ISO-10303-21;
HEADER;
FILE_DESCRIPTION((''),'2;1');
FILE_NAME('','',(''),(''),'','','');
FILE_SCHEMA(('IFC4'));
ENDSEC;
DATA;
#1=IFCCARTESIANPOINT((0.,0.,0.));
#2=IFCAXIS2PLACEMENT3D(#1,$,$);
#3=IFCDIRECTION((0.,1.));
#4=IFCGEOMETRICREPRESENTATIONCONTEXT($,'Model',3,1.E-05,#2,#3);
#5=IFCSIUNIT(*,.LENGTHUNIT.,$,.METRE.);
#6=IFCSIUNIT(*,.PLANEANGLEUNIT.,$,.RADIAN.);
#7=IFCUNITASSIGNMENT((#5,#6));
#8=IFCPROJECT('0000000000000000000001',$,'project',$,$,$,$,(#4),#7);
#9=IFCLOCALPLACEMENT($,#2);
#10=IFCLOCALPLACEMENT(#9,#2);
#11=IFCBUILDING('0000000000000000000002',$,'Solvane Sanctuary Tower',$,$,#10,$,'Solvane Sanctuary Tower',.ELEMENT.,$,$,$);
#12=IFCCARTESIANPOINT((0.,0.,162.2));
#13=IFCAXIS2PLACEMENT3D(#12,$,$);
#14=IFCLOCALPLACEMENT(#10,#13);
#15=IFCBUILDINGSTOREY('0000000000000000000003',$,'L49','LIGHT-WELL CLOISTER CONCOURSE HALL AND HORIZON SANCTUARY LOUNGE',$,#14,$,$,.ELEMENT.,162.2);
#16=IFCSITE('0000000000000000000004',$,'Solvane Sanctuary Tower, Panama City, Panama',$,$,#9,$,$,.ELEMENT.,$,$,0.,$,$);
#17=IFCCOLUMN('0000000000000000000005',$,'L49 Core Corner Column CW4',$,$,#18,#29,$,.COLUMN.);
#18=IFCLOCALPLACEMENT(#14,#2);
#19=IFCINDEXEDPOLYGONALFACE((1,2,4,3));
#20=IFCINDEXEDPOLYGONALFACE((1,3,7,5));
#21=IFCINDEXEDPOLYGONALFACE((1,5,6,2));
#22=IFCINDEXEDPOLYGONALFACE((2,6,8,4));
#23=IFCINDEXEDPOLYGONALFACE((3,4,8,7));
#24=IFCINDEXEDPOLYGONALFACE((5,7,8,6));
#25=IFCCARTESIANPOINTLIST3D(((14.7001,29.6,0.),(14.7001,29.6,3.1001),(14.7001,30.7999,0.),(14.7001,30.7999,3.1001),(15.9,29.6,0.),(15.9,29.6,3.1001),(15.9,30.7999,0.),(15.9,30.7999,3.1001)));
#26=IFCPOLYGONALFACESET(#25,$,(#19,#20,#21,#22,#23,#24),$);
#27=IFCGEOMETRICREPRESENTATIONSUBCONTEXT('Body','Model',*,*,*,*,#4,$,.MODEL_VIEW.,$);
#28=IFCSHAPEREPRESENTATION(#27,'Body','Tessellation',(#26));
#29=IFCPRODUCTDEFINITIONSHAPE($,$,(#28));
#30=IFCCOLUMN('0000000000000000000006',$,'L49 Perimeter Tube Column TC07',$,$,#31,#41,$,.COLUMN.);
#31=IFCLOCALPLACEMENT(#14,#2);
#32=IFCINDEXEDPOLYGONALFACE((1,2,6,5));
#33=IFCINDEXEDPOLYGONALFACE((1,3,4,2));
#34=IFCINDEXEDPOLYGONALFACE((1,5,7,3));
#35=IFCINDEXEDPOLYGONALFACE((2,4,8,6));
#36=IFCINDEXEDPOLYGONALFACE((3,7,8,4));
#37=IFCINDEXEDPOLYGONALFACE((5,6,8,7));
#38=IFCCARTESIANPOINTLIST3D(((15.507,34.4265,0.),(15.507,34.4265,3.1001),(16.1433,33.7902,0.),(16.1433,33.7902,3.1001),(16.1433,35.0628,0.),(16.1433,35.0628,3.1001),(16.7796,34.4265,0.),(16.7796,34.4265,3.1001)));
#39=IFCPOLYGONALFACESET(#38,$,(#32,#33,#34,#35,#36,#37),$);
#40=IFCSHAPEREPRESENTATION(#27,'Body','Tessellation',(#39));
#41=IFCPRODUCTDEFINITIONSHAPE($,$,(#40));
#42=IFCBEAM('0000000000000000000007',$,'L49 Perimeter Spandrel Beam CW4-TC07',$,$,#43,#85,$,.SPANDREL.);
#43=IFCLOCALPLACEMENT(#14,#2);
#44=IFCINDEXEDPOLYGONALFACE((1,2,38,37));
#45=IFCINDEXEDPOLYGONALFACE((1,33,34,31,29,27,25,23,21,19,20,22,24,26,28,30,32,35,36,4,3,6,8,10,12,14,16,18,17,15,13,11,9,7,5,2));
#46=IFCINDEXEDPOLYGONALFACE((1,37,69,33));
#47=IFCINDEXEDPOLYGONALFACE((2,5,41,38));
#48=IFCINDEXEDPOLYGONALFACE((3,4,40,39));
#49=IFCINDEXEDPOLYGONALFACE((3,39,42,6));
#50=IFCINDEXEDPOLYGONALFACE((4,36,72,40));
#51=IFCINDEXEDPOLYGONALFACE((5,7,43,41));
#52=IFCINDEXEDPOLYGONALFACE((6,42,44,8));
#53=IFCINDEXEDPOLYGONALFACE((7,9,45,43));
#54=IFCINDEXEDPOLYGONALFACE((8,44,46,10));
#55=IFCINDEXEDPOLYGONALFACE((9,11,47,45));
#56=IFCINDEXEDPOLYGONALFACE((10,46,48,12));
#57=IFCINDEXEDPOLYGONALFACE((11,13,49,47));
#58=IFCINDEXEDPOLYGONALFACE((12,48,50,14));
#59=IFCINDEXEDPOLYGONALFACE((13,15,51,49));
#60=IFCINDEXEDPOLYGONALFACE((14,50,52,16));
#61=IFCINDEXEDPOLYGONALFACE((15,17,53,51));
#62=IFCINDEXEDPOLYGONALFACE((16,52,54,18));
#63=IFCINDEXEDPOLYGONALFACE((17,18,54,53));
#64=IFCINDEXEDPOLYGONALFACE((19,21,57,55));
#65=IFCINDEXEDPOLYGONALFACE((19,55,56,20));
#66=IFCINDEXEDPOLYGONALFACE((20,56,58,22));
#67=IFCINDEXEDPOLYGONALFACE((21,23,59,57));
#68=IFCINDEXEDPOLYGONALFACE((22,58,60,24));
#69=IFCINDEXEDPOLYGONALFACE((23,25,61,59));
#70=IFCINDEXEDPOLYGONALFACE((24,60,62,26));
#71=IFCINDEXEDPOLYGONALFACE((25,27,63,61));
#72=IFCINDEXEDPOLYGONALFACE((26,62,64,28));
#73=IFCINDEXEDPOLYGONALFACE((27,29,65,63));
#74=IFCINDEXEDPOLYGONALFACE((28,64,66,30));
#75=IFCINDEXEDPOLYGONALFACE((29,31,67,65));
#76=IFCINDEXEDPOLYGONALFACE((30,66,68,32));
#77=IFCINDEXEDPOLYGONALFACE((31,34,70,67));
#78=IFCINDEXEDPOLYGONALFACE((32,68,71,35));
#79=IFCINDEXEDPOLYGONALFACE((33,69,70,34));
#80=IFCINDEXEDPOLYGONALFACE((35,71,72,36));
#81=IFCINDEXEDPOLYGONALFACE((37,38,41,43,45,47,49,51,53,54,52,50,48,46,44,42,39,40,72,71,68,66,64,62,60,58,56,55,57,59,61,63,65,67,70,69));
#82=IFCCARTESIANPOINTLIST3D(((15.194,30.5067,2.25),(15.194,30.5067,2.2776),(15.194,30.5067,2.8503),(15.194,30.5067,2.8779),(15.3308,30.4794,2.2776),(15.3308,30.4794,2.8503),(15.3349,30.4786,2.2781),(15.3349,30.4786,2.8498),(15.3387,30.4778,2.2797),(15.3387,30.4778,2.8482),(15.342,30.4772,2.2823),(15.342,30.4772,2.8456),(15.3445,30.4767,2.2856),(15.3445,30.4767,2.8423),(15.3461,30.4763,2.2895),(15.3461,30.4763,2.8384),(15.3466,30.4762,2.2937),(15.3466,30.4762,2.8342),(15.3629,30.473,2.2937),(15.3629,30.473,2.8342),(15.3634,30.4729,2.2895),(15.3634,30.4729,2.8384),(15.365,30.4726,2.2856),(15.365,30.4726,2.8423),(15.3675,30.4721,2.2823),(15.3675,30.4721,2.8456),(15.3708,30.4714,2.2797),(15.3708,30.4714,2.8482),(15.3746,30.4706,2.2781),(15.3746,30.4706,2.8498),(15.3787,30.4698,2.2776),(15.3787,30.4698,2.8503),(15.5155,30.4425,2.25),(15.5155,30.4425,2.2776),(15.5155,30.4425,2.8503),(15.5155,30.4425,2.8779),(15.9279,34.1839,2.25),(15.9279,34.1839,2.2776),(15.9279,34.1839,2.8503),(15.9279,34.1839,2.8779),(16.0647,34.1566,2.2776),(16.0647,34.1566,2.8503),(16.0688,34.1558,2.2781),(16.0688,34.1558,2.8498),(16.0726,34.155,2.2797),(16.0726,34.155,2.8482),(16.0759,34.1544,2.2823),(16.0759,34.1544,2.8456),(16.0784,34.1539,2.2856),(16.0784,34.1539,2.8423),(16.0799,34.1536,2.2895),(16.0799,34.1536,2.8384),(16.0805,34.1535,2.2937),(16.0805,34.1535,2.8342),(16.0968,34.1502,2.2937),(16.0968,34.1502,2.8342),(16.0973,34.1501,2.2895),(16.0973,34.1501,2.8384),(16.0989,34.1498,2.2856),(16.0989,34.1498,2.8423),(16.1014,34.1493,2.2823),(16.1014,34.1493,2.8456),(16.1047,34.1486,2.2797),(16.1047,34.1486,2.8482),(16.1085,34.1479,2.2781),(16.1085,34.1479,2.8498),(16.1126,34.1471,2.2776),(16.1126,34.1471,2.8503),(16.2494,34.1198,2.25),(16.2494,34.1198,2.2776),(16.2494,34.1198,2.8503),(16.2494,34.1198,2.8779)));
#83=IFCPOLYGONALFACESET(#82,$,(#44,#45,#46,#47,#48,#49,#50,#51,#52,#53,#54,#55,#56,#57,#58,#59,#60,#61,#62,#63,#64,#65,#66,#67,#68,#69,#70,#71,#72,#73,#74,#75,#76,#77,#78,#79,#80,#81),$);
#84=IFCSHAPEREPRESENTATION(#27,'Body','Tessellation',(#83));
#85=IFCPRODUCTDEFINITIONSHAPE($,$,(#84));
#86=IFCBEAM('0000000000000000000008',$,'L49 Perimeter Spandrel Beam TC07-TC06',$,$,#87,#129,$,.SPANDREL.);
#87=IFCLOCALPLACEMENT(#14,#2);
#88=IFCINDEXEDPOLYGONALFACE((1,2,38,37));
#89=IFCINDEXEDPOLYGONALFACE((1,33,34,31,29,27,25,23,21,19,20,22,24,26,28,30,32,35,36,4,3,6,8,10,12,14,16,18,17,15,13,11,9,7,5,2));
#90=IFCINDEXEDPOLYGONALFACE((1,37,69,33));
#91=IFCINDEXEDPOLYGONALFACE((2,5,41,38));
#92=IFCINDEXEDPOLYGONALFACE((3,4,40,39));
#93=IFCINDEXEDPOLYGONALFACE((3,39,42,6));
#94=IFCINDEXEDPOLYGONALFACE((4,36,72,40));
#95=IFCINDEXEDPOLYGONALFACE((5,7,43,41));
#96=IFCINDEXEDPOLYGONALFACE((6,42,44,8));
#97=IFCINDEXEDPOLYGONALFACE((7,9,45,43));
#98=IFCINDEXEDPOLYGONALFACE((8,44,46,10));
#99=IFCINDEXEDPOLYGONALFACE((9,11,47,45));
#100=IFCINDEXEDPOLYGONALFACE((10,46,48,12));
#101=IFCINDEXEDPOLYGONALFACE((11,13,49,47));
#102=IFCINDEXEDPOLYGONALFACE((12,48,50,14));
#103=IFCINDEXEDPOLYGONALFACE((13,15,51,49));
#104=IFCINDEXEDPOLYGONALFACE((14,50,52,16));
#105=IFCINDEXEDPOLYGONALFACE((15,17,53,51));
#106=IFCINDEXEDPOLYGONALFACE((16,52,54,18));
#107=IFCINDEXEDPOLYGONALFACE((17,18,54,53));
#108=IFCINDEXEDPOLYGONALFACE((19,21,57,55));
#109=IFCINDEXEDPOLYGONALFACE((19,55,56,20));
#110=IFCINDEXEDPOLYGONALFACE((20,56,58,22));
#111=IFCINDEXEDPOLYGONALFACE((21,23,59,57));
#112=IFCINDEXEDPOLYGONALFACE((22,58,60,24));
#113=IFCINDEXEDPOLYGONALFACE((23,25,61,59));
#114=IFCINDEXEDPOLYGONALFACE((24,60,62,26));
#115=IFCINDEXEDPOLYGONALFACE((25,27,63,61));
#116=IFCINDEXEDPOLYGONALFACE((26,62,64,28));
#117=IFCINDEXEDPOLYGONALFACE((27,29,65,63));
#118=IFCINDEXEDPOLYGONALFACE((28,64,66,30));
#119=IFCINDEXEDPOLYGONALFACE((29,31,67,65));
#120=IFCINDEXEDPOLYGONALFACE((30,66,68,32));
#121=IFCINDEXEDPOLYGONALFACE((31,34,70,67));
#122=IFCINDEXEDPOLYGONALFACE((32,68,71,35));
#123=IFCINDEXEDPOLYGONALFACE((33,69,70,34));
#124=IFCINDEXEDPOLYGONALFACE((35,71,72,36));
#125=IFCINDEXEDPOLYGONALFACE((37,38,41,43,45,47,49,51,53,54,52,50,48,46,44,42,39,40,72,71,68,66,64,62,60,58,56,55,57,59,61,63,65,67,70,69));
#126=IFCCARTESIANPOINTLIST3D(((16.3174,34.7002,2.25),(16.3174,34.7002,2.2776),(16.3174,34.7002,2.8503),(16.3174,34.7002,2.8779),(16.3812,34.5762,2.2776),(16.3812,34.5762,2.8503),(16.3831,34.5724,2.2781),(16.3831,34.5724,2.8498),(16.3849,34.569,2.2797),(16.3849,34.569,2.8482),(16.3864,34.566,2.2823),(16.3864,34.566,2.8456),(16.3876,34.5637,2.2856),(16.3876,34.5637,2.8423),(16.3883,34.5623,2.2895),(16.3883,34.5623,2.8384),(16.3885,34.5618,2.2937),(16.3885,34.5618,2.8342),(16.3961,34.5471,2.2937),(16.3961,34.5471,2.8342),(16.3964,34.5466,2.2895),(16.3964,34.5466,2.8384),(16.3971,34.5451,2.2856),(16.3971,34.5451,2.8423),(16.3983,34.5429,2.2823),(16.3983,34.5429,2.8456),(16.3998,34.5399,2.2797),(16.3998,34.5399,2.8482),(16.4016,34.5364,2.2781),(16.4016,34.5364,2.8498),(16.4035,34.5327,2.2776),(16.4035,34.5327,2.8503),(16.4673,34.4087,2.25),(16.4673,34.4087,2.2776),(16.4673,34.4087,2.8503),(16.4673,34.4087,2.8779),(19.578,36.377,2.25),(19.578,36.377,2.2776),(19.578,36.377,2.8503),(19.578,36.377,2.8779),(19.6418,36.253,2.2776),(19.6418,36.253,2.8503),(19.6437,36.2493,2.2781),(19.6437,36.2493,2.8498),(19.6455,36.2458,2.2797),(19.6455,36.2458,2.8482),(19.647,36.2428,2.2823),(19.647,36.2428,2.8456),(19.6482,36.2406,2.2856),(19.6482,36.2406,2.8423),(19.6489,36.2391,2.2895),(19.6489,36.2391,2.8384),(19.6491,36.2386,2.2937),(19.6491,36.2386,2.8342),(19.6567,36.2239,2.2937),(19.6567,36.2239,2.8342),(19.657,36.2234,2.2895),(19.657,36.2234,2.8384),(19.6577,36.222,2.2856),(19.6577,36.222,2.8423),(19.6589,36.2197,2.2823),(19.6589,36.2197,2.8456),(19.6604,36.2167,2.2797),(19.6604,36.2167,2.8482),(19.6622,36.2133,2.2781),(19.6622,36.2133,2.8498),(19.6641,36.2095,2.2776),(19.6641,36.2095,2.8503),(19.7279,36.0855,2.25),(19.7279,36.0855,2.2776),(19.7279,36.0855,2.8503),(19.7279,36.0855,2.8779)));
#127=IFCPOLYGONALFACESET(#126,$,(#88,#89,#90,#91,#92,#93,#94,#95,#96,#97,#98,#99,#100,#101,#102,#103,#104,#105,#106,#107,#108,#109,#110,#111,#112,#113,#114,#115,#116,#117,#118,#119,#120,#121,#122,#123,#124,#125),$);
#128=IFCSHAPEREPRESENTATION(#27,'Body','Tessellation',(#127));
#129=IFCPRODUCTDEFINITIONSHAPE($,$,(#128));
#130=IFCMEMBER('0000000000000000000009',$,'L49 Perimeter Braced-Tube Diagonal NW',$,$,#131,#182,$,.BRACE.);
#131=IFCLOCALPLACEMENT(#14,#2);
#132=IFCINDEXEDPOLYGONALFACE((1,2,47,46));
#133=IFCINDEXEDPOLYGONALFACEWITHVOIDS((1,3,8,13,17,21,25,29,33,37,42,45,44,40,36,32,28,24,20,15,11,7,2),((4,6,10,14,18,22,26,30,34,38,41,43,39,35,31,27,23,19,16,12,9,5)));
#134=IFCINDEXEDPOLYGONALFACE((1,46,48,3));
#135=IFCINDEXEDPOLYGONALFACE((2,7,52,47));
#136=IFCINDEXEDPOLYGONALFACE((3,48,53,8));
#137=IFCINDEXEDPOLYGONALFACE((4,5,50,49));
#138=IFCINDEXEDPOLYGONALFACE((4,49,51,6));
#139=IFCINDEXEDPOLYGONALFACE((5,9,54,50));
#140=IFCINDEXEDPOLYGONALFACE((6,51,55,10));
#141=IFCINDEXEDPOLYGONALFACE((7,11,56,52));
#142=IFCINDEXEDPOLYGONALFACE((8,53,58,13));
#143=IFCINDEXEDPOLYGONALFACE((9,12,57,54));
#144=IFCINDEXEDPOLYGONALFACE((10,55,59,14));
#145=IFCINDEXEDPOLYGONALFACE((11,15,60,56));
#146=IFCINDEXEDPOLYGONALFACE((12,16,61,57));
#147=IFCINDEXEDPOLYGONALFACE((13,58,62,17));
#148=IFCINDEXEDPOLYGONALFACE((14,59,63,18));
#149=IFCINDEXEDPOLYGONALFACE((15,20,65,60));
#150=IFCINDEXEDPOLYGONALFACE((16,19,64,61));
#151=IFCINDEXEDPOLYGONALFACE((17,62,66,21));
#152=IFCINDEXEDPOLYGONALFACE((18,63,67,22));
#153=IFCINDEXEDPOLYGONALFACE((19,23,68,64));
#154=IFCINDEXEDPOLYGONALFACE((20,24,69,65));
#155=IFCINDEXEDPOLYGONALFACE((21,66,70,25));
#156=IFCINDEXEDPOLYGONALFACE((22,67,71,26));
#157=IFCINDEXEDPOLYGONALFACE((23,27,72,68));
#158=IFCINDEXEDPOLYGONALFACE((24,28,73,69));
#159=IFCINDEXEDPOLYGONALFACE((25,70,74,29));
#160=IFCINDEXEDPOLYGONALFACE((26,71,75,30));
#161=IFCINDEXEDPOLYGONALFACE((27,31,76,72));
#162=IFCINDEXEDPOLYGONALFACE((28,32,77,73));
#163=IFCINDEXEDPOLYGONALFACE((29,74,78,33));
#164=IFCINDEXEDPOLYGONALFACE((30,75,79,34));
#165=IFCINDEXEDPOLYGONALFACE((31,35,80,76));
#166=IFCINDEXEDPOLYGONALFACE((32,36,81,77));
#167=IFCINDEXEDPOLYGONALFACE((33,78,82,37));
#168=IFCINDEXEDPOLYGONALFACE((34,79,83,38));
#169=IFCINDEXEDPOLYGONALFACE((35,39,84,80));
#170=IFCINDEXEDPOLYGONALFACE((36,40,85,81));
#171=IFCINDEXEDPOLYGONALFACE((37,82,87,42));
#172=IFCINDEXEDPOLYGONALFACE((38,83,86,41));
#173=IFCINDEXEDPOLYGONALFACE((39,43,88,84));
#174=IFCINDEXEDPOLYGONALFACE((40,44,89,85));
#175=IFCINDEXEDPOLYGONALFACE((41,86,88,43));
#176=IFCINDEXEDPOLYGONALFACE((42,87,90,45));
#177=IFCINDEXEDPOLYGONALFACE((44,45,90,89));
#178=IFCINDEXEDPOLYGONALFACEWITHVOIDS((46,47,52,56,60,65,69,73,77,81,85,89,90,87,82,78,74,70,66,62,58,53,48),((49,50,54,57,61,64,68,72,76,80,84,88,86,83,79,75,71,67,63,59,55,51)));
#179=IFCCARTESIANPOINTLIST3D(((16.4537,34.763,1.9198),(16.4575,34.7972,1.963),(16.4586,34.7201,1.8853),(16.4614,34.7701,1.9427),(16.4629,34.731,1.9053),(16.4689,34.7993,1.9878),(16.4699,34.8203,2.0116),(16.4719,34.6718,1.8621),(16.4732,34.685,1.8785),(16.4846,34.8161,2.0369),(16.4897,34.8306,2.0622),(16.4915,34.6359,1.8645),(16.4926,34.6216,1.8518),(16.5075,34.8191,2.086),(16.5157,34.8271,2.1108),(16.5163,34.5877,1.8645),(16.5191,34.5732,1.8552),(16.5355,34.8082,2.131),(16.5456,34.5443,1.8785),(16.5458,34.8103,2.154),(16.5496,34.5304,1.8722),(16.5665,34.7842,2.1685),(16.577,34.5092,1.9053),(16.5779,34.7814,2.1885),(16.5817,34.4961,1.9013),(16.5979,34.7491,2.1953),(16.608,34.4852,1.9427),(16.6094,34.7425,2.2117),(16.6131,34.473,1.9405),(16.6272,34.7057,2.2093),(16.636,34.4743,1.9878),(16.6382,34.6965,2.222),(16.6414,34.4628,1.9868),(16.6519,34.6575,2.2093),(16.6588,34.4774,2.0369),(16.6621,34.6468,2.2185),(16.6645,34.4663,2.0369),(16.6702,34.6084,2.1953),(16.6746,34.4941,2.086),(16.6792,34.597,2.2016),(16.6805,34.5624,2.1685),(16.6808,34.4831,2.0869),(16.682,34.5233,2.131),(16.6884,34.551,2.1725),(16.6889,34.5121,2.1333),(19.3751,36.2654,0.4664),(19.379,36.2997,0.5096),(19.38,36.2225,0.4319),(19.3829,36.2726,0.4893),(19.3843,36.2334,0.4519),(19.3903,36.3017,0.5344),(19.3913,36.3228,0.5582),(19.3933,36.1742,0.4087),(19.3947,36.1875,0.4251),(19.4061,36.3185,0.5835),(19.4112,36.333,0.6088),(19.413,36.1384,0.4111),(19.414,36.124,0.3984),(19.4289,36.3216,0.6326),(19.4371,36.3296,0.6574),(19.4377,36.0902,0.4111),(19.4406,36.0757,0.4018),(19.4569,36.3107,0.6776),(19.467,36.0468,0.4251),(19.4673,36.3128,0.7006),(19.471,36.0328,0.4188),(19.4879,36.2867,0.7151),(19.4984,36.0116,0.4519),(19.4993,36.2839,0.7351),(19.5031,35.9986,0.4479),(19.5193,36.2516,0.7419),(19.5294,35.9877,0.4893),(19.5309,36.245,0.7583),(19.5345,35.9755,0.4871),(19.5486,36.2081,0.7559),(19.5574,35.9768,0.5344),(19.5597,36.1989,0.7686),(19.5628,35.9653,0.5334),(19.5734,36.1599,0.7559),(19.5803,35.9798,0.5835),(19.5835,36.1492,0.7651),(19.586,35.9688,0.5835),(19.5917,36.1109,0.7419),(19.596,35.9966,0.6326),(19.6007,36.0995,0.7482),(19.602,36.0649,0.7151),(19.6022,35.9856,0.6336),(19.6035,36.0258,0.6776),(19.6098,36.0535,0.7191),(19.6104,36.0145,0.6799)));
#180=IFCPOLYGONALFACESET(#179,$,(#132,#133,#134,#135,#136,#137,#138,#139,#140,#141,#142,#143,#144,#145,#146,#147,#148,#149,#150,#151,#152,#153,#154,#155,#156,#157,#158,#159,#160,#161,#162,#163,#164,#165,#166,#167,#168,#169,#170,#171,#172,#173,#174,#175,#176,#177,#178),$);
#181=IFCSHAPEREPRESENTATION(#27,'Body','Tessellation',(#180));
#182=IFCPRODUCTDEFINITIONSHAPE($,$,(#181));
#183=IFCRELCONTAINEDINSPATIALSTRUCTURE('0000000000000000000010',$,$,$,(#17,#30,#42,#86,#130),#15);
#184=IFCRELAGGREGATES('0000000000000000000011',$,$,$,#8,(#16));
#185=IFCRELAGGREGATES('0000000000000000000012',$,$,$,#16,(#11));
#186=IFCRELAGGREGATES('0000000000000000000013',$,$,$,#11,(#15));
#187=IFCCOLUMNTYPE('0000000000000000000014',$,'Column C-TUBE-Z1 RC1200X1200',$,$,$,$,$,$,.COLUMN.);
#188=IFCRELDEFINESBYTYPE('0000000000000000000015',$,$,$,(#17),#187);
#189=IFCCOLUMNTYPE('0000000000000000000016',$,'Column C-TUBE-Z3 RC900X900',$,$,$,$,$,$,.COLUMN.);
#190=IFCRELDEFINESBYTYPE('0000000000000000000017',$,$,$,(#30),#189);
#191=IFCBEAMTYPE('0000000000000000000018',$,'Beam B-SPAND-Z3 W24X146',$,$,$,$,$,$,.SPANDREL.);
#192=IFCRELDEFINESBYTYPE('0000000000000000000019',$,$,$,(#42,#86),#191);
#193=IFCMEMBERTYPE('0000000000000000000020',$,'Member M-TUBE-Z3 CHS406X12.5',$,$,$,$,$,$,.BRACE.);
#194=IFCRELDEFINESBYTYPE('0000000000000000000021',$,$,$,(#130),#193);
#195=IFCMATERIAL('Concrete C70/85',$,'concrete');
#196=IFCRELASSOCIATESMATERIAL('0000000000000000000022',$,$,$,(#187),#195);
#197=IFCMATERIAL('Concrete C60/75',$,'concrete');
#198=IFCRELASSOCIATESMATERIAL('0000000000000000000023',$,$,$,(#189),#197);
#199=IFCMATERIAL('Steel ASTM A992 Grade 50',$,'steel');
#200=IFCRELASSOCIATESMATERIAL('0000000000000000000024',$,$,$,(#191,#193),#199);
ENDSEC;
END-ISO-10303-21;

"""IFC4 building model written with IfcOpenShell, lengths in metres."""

from ifc_helpers import new_model, si_unit, direction, frame, origin, origin_2d, place, context, subcontext, project, spatial, rectangle, hollow_circle, i_section, extrude, material, material_profile, profile_set, type_object, element, save


model = new_model("IFC4")

# Units and contexts
model_context = context("Model", 3, precision=1e-05, world=origin(), true_north=direction((0.0, 1.0)))
body_context = subcontext(model_context, "Body", "Model", "MODEL_VIEW")
ifc_project = project(units=[si_unit("LENGTHUNIT", "METRE"), si_unit("PLANEANGLEUNIT", "RADIAN")], contexts=[model_context])

# Site, building, storey
site_placement = place(None, origin())
site = spatial("IfcSite", under=ifc_project, at=site_placement, Name="Solvane Sanctuary Tower, Panama City, Panama", CompositionType="ELEMENT", RefElevation=0.0)
building_placement = place(site_placement, origin())
building = spatial("IfcBuilding", under=site, at=building_placement, Name="Solvane Sanctuary Tower", LongName="Solvane Sanctuary Tower", CompositionType="ELEMENT")
storey_placement = place(building_placement, frame((0.0, 0.0, 162.2)))
storey = spatial("IfcBuildingStorey", under=building, at=storey_placement, Name="L49", Description="LIGHT-WELL CLOISTER CONCOURSE HALL AND HORIZON SANCTUARY LOUNGE", CompositionType="ELEMENT", Elevation=162.2)

# Columns
ifc_material_1 = material(Name="Concrete C70/85", Category="concrete")
ifc_material_profile_1 = material_profile(ifc_material_1, rectangle(XDim=1.2, YDim=1.2, at=origin_2d()), Name="RC1200X1200")
ifc_profile_set_1 = profile_set([ifc_material_profile_1], Name="Concrete C70/85")
column_type_1 = type_object("IfcColumnType", Name="Column C-TUBE-Z1 RC1200X1200", PredefinedType="COLUMN", material=ifc_profile_set_1)
column_1_placement = place(storey_placement, frame((15.3, 30.2, 0.0), z_axis=(0.0, 0.0, 1.0), x_axis=(1.0, 0.0, 0.0)))
element("IfcColumn", 1, at=column_1_placement, inside=storey, type_object=column_type_1, Name="L49 Core Corner Column CW4", PredefinedType="COLUMN", context=body_context, shape_type="SweptSolid", body=[
    extrude(rectangle(XDim=1.2, YDim=1.2, at=origin_2d()), origin(), (0.0, 0.0, 1.0), 3.1001),
])
ifc_material_2 = material(Name="Concrete C60/75", Category="concrete")
ifc_material_profile_2 = material_profile(ifc_material_2, rectangle(XDim=0.8999, YDim=0.8999, at=origin_2d()), Name="RC900X900")
ifc_profile_set_2 = profile_set([ifc_material_profile_2], Name="Concrete C60/75")
column_type_2 = type_object("IfcColumnType", Name="Column C-TUBE-Z3 RC900X900", PredefinedType="COLUMN", material=ifc_profile_set_2)
column_2_placement = place(storey_placement, frame((16.1433, 34.4265, 0.0), z_axis=(0.0, 0.0, 1.0), x_axis=(-0.707107, 0.707107, 0.0)))
element("IfcColumn", 2, at=column_2_placement, inside=storey, type_object=column_type_2, Name="L49 Perimeter Tube Column TC07", PredefinedType="COLUMN", context=body_context, shape_type="SweptSolid", body=[
    extrude(rectangle(XDim=0.8999, YDim=0.8999, at=origin_2d()), origin(), (0.0, 0.0, 1.0), 3.1001),
])

# Beams
ifc_material_3 = material(Name="Steel ASTM A992 Grade 50", Category="steel")
ifc_material_profile_3 = material_profile(ifc_material_3, i_section(OverallWidth=0.3279, OverallDepth=0.6279, WebThickness=0.0166, FlangeThickness=0.0276, FilletRadius=0.0161, at=origin_2d()), Name="W24X146")
ifc_profile_set_3 = profile_set([ifc_material_profile_3], Name="Steel ASTM A992 Grade 50")
beam_type = type_object("IfcBeamType", Name="Beam B-SPAND-Z3 W24X146", PredefinedType="SPANDREL", material=ifc_profile_set_3)
beam_1_placement = place(storey_placement, frame((15.3547, 30.4746, 2.564), z_axis=(0.195715, 0.980661, 0.0), x_axis=(-0.980661, 0.195715, 0.0)))
element("IfcBeam", 3, at=beam_1_placement, inside=storey, type_object=beam_type, Name="L49 Perimeter Spandrel Beam CW4-TC07", PredefinedType="SPANDREL", context=body_context, shape_type="SweptSolid", body=[
    extrude(i_section(OverallWidth=0.3279, OverallDepth=0.6279, WebThickness=0.0166, FlangeThickness=0.0276, FilletRadius=0.0161, at=origin_2d()), origin(), (0.0, 0.0, 1.0), 3.7498),
])
beam_2_placement = place(storey_placement, frame((16.3923, 34.5544, 2.564), z_axis=(0.889296, 0.457333, 0.0), x_axis=(-0.457333, 0.889296, 0.0)))
element("IfcBeam", 4, at=beam_2_placement, inside=storey, type_object=beam_type, Name="L49 Perimeter Spandrel Beam TC07-TC06", PredefinedType="SPANDREL", context=body_context, shape_type="SweptSolid", body=[
    extrude(i_section(OverallWidth=0.3279, OverallDepth=0.6279, WebThickness=0.0166, FlangeThickness=0.0276, FilletRadius=0.0161, at=origin_2d()), origin(), (0.0, 0.0, 1.0), 3.6665),
])

# Member
ifc_material_profile_4 = material_profile(ifc_material_3, hollow_circle(Radius=0.2029, WallThickness=0.0125, at=origin_2d()), Name="CHS406X12.5")
ifc_profile_set_4 = profile_set([ifc_material_profile_4], Name="Steel ASTM A992 Grade 50")
member_type = type_object("IfcMemberType", Name="Member M-TUBE-Z3 CHS406X12.5", PredefinedType="BRACE", material=ifc_profile_set_4)
member_placement = place(storey_placement, frame((19.4932, 36.1492, 0.5835), z_axis=(-0.813252, -0.418248, 0.404587), x_axis=(0.457351, -0.889286, 0.0)))
element("IfcMember", 5, at=member_placement, inside=storey, type_object=member_type, Name="L49 Perimeter Braced-Tube Diagonal NW", PredefinedType="BRACE", context=body_context, shape_type="SweptSolid", body=[
    extrude(hollow_circle(Radius=0.2029, WallThickness=0.0125, at=origin_2d()), origin(), (0.0, 0.0, 1.0), 3.5923),
])

save(model, "model.ifc")
